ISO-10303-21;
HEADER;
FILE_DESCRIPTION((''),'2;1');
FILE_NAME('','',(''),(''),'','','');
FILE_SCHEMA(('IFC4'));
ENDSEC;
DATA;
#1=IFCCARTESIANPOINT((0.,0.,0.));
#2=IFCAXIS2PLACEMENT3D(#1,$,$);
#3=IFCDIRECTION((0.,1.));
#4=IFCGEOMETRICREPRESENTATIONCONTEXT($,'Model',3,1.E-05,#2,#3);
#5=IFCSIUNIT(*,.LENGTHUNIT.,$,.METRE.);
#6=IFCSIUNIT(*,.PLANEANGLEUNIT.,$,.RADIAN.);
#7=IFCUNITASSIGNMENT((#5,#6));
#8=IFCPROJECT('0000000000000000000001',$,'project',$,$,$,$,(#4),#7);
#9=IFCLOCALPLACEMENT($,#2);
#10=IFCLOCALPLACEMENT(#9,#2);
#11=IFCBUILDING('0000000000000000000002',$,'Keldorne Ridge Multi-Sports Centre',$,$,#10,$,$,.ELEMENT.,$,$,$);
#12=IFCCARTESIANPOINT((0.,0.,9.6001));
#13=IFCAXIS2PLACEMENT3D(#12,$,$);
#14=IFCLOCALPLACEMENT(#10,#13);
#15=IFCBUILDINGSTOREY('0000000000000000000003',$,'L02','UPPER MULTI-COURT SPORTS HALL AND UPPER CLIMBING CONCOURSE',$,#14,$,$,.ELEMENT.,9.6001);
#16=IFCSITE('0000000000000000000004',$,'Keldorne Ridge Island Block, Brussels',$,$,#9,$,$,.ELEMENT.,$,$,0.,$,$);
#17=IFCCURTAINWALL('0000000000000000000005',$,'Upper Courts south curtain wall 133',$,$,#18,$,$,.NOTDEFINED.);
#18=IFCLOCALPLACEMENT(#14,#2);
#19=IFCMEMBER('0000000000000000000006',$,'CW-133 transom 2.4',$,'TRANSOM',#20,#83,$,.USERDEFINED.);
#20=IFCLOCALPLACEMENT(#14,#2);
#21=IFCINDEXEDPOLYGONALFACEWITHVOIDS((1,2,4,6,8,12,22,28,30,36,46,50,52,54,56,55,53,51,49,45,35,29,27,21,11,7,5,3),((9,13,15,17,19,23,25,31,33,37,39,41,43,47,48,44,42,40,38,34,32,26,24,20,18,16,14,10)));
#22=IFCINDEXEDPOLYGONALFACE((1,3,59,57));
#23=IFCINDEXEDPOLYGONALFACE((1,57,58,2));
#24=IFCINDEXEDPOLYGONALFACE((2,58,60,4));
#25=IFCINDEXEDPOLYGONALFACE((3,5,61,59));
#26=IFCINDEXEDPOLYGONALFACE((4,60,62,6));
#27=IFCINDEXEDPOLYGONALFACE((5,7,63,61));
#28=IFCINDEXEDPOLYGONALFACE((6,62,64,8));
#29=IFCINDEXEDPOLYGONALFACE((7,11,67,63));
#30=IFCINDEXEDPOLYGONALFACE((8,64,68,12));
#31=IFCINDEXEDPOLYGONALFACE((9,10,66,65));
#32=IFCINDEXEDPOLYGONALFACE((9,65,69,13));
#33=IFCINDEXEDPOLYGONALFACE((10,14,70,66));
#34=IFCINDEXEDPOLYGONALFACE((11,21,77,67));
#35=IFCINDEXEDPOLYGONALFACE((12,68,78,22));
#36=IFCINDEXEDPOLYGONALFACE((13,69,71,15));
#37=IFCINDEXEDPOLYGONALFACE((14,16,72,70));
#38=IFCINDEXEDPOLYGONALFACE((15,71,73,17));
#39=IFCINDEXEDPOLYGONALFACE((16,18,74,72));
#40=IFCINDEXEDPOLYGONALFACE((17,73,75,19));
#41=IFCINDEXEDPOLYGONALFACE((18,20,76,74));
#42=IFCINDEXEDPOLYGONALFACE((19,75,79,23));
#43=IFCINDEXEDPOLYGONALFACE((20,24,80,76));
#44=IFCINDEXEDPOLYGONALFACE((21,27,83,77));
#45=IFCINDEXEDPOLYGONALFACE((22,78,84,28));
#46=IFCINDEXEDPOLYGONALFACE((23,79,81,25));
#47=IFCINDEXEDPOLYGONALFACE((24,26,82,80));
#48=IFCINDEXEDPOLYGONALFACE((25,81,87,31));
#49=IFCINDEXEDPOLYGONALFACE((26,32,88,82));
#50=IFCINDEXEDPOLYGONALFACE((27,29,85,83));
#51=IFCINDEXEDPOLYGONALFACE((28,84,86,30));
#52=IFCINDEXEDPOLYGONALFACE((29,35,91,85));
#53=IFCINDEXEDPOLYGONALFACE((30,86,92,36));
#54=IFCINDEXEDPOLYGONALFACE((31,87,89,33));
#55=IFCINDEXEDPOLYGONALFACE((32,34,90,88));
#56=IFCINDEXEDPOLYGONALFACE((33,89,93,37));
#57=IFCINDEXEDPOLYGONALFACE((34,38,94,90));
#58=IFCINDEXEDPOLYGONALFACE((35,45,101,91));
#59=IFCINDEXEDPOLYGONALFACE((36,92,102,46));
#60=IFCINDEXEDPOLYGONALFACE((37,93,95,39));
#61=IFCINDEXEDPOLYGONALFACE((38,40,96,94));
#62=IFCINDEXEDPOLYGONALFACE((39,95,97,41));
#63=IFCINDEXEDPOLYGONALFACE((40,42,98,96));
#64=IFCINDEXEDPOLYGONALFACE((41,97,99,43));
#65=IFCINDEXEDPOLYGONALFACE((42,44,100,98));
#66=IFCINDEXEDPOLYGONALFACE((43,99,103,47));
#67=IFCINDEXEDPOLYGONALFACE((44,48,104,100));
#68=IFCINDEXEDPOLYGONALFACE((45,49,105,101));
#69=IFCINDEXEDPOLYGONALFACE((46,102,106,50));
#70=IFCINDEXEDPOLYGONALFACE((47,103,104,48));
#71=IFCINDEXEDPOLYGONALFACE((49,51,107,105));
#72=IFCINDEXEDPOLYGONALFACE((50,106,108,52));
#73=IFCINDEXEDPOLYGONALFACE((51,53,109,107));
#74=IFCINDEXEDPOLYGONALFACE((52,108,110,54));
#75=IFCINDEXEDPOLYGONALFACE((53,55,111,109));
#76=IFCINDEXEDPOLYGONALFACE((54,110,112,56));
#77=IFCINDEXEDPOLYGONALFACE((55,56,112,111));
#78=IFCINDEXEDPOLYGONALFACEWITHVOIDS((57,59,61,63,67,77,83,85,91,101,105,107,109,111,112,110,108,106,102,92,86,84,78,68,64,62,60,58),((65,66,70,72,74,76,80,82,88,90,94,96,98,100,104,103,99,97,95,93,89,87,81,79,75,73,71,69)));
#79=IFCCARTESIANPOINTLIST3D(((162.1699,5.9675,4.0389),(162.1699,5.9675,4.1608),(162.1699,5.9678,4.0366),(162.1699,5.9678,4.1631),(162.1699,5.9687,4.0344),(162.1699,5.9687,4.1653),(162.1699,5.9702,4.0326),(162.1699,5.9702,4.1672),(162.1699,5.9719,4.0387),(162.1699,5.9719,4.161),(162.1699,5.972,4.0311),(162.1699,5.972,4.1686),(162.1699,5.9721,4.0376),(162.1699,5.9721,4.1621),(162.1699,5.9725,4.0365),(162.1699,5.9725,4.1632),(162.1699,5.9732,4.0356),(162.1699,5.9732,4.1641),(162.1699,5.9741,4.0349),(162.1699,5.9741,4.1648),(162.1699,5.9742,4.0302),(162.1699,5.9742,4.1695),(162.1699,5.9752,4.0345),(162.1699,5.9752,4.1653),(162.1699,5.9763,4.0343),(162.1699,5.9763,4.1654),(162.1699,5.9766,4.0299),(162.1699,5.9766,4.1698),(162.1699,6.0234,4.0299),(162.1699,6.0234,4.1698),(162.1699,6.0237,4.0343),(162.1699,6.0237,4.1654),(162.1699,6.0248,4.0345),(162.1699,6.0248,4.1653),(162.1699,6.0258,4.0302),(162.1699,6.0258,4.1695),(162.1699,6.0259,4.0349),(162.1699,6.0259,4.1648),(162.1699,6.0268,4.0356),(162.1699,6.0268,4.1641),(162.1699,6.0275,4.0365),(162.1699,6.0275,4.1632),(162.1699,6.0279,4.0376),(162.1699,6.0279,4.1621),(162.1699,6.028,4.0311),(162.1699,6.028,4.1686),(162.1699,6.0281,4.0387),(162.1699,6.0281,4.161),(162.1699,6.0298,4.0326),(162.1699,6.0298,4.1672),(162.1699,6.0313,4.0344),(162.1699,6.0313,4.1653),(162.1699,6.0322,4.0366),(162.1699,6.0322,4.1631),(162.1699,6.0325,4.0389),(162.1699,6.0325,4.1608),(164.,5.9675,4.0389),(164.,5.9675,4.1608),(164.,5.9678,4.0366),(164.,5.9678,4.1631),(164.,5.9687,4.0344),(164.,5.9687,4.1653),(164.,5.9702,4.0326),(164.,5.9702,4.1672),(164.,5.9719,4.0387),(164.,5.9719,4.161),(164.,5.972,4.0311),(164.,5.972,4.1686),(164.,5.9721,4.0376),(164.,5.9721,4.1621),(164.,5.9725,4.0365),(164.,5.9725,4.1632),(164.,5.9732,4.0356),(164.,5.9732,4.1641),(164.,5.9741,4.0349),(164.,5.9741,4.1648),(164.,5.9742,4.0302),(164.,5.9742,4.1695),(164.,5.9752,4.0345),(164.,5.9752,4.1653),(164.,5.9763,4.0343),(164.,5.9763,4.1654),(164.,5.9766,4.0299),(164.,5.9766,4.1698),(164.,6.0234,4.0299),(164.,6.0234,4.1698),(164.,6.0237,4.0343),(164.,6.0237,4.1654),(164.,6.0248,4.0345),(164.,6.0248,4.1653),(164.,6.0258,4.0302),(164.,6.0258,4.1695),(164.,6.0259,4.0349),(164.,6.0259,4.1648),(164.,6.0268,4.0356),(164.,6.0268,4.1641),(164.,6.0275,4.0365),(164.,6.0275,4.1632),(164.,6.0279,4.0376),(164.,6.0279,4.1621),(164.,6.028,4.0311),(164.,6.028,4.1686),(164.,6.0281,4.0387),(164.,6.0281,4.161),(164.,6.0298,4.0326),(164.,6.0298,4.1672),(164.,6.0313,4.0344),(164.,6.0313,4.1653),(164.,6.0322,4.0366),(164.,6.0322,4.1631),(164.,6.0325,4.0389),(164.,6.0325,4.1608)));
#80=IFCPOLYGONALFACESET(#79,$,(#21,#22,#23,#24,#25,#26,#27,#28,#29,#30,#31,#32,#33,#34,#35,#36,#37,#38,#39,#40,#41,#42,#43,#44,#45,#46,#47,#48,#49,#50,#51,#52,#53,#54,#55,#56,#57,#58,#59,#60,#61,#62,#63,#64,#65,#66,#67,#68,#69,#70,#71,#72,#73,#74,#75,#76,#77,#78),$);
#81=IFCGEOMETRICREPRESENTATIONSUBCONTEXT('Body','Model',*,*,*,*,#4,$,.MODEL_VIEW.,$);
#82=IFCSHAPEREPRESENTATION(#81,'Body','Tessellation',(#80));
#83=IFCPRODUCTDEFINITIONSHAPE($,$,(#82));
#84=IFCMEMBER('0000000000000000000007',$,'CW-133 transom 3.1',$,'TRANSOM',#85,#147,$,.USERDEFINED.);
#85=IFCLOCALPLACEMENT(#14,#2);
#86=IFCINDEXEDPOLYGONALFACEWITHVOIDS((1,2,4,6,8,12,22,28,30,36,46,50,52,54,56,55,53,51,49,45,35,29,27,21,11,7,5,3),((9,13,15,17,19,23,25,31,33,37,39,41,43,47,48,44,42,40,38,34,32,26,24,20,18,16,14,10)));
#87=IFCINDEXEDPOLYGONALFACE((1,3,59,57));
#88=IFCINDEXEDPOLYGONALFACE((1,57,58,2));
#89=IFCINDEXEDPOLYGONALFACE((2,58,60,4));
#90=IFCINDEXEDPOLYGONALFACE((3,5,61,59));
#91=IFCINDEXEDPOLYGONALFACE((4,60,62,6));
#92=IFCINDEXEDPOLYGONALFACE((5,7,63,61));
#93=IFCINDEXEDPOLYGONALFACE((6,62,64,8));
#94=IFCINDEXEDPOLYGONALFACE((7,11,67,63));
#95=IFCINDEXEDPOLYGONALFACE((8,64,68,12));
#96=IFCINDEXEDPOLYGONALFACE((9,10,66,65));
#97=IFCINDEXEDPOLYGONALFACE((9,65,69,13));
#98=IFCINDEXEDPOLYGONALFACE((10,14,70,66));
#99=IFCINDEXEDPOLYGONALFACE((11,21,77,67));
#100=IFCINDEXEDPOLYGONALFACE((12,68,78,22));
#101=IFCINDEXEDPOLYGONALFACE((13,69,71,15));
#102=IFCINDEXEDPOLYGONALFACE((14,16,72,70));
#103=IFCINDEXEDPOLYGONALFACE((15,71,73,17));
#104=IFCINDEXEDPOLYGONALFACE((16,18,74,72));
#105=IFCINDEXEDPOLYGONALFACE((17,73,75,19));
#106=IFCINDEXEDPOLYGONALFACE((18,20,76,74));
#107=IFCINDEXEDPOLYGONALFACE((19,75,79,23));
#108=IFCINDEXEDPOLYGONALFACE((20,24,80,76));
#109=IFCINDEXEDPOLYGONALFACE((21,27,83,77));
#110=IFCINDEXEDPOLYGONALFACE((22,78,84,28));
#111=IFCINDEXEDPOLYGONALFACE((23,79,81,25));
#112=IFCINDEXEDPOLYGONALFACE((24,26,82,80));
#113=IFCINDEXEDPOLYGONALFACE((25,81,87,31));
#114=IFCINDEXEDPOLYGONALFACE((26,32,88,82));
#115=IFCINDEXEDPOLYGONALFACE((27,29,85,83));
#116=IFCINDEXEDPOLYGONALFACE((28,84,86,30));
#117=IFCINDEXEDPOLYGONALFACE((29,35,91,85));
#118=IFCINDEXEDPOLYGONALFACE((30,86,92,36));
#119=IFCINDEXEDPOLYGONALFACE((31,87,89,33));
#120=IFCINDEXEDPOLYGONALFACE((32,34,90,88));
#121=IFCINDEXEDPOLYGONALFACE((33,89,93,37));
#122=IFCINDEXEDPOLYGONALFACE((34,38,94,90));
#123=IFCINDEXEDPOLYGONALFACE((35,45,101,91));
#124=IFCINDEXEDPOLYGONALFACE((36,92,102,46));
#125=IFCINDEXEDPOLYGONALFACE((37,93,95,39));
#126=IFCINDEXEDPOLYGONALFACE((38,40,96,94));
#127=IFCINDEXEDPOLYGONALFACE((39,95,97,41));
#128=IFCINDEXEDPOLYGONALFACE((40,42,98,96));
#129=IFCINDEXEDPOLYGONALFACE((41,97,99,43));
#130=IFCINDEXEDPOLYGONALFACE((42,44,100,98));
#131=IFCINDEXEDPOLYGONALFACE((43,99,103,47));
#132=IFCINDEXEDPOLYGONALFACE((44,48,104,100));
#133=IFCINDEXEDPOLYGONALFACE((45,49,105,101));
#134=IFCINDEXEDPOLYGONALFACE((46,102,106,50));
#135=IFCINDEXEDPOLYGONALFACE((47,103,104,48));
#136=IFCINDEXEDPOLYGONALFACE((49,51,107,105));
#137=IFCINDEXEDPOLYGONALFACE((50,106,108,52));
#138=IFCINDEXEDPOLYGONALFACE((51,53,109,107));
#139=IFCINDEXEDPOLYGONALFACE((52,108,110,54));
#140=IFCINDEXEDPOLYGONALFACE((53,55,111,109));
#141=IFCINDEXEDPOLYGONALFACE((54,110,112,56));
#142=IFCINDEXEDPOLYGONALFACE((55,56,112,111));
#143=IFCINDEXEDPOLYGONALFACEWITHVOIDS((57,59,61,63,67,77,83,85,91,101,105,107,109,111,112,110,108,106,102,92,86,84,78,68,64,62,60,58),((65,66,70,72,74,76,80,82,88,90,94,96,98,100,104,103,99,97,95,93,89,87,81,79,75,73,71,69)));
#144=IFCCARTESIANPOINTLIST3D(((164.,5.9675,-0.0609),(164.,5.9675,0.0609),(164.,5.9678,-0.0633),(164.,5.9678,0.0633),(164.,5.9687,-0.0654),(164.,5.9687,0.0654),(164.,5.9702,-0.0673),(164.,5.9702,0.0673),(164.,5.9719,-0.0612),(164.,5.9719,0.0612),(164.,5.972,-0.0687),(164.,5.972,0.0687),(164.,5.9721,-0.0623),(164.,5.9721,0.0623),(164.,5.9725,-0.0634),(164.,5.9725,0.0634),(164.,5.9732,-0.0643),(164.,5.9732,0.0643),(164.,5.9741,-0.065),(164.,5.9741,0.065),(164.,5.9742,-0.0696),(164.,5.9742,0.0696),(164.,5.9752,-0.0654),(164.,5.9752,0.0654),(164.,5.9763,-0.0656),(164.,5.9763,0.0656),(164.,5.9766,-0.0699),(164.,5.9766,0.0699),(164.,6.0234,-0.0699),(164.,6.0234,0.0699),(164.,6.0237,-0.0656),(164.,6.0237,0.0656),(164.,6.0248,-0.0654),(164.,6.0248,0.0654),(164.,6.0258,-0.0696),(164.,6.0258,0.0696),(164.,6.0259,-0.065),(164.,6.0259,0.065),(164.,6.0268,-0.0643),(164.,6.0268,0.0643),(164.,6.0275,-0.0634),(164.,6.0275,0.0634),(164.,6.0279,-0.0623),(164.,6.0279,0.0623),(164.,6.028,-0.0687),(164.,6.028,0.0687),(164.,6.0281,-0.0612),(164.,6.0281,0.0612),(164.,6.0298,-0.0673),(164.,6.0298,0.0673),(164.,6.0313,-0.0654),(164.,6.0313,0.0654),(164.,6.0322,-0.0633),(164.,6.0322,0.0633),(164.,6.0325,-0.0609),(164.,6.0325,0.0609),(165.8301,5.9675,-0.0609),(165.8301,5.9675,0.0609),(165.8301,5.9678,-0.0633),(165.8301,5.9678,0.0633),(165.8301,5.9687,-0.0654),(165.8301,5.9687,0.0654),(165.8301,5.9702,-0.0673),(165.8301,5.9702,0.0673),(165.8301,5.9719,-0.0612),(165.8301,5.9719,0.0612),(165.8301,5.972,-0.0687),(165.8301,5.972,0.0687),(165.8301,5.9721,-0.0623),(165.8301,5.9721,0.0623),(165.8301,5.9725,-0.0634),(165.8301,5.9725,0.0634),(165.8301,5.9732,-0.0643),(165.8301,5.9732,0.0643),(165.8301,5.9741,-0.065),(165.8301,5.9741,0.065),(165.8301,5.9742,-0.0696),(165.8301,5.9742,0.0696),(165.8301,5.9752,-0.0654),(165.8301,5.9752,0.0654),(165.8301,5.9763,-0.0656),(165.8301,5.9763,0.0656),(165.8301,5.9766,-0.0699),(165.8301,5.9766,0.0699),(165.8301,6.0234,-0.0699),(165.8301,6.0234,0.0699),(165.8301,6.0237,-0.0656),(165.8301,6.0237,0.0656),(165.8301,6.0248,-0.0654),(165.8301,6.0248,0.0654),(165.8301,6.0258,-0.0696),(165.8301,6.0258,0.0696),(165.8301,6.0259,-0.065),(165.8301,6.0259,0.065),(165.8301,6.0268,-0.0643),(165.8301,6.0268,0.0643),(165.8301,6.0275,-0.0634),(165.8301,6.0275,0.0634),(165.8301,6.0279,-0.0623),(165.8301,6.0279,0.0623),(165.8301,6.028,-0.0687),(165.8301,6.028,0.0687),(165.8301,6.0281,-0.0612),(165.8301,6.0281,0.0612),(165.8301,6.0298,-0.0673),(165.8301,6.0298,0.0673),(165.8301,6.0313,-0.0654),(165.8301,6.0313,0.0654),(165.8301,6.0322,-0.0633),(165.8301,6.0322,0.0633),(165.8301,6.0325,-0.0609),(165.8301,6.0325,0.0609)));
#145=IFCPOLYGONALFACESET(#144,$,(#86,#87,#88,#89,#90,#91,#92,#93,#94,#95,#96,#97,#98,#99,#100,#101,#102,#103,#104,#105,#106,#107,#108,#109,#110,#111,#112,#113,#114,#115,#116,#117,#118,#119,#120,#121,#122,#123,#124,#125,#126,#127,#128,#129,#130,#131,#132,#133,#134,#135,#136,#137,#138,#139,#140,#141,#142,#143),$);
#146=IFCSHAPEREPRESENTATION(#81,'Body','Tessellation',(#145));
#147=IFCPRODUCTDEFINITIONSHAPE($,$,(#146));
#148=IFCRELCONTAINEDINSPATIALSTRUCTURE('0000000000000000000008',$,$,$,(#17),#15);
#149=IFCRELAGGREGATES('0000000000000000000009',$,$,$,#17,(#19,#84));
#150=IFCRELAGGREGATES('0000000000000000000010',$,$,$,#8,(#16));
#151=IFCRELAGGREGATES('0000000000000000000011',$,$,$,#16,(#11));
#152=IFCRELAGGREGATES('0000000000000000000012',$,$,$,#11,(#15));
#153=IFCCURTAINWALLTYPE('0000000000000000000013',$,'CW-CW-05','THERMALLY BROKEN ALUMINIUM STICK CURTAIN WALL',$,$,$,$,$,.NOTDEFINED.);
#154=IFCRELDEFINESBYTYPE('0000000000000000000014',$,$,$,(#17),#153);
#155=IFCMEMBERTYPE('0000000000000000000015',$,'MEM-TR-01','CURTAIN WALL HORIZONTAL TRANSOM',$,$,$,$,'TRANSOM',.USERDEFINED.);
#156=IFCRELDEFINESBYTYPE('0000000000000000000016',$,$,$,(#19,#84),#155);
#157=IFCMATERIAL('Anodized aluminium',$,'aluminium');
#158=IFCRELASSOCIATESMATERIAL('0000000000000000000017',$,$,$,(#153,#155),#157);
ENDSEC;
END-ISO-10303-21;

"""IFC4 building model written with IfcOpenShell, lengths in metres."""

from ifc_helpers import new_model, si_unit, direction, frame, origin, origin_2d, place, context, subcontext, project, spatial, hollow_rectangle, extrude, material, material_profile, profile_set, type_object, element, aggregate, save


model = new_model("IFC4")

# Units and contexts
model_context = context("Model", 3, precision=1e-05, world=origin(), true_north=direction((0.0, 1.0)))
body_context = subcontext(model_context, "Body", "Model", "MODEL_VIEW")
ifc_project = project(units=[si_unit("LENGTHUNIT", "METRE"), si_unit("PLANEANGLEUNIT", "RADIAN")], contexts=[model_context])

# Site, building, storey
site_placement = place(None, origin())
site = spatial("IfcSite", under=ifc_project, at=site_placement, Name="Keldorne Ridge Island Block, Brussels", CompositionType="ELEMENT", RefElevation=0.0)
building_placement = place(site_placement, origin())
building = spatial("IfcBuilding", under=site, at=building_placement, Name="Keldorne Ridge Multi-Sports Centre", CompositionType="ELEMENT")
storey_placement = place(building_placement, frame((0.0, 0.0, 9.6001)))
storey = spatial("IfcBuildingStorey", under=building, at=storey_placement, Name="L02", Description="UPPER MULTI-COURT SPORTS HALL AND UPPER CLIMBING CONCOURSE", CompositionType="ELEMENT", Elevation=9.6001)

# Curtain wall, members
ifc_material_1 = material(Name="Anodized aluminium", Category="aluminium")
curtain_wall_type = type_object("IfcCurtainWallType", Name="CW-CW-05", Description="THERMALLY BROKEN ALUMINIUM STICK CURTAIN WALL", PredefinedType="NOTDEFINED", material=ifc_material_1)
curtain_wall_placement = place(storey_placement, origin())
curtain_wall = element("IfcCurtainWall", 1, at=curtain_wall_placement, inside=storey, type_object=curtain_wall_type, Name="Upper Courts south curtain wall 133", PredefinedType="NOTDEFINED")
ifc_material_profile_1 = material_profile(ifc_material_1, hollow_rectangle(XDim=0.0649, YDim=0.1399, WallThickness=0.0044, InnerFilletRadius=0.0044, OuterFilletRadius=0.009, at=origin_2d()), Name="ALU TRANSOM 140x65x4.5")
ifc_profile_set_1 = profile_set([ifc_material_profile_1], Name="Anodized aluminium")
member_type_1 = type_object("IfcMemberType", Name="MEM-TR-01", Description="CURTAIN WALL HORIZONTAL TRANSOM", ElementType="TRANSOM", PredefinedType="USERDEFINED", material=ifc_profile_set_1)
member_1_placement = place(storey_placement, frame((162.1699, 6.0, 4.0999), z_axis=(1.0, 0.0, 0.0), x_axis=(0.0, 1.0, 0.0)))
member_1 = element("IfcMember", 2, at=member_1_placement, type_object=member_type_1, Name="CW-133 transom 2.4", ObjectType="TRANSOM", PredefinedType="USERDEFINED", context=body_context, shape_type="SweptSolid", body=[
    extrude(hollow_rectangle(XDim=0.0649, YDim=0.1399, WallThickness=0.0044, InnerFilletRadius=0.0044, OuterFilletRadius=0.009, at=origin_2d()), origin(), (0.0, 0.0, 1.0), 1.8301),
])
member_2_placement = place(storey_placement, frame((164.0, 6.0, 0.0), z_axis=(1.0, 0.0, 0.0), x_axis=(0.0, 1.0, 0.0)))
member_2 = element("IfcMember", 3, at=member_2_placement, type_object=member_type_1, Name="CW-133 transom 3.1", ObjectType="TRANSOM", PredefinedType="USERDEFINED", context=body_context, shape_type="SweptSolid", body=[
    extrude(hollow_rectangle(XDim=0.0649, YDim=0.1399, WallThickness=0.0044, InnerFilletRadius=0.0044, OuterFilletRadius=0.009, at=origin_2d()), origin(), (0.0, 0.0, 1.0), 1.8301),
])
aggregate(curtain_wall, [member_1, member_2])

save(model, "model.ifc")
